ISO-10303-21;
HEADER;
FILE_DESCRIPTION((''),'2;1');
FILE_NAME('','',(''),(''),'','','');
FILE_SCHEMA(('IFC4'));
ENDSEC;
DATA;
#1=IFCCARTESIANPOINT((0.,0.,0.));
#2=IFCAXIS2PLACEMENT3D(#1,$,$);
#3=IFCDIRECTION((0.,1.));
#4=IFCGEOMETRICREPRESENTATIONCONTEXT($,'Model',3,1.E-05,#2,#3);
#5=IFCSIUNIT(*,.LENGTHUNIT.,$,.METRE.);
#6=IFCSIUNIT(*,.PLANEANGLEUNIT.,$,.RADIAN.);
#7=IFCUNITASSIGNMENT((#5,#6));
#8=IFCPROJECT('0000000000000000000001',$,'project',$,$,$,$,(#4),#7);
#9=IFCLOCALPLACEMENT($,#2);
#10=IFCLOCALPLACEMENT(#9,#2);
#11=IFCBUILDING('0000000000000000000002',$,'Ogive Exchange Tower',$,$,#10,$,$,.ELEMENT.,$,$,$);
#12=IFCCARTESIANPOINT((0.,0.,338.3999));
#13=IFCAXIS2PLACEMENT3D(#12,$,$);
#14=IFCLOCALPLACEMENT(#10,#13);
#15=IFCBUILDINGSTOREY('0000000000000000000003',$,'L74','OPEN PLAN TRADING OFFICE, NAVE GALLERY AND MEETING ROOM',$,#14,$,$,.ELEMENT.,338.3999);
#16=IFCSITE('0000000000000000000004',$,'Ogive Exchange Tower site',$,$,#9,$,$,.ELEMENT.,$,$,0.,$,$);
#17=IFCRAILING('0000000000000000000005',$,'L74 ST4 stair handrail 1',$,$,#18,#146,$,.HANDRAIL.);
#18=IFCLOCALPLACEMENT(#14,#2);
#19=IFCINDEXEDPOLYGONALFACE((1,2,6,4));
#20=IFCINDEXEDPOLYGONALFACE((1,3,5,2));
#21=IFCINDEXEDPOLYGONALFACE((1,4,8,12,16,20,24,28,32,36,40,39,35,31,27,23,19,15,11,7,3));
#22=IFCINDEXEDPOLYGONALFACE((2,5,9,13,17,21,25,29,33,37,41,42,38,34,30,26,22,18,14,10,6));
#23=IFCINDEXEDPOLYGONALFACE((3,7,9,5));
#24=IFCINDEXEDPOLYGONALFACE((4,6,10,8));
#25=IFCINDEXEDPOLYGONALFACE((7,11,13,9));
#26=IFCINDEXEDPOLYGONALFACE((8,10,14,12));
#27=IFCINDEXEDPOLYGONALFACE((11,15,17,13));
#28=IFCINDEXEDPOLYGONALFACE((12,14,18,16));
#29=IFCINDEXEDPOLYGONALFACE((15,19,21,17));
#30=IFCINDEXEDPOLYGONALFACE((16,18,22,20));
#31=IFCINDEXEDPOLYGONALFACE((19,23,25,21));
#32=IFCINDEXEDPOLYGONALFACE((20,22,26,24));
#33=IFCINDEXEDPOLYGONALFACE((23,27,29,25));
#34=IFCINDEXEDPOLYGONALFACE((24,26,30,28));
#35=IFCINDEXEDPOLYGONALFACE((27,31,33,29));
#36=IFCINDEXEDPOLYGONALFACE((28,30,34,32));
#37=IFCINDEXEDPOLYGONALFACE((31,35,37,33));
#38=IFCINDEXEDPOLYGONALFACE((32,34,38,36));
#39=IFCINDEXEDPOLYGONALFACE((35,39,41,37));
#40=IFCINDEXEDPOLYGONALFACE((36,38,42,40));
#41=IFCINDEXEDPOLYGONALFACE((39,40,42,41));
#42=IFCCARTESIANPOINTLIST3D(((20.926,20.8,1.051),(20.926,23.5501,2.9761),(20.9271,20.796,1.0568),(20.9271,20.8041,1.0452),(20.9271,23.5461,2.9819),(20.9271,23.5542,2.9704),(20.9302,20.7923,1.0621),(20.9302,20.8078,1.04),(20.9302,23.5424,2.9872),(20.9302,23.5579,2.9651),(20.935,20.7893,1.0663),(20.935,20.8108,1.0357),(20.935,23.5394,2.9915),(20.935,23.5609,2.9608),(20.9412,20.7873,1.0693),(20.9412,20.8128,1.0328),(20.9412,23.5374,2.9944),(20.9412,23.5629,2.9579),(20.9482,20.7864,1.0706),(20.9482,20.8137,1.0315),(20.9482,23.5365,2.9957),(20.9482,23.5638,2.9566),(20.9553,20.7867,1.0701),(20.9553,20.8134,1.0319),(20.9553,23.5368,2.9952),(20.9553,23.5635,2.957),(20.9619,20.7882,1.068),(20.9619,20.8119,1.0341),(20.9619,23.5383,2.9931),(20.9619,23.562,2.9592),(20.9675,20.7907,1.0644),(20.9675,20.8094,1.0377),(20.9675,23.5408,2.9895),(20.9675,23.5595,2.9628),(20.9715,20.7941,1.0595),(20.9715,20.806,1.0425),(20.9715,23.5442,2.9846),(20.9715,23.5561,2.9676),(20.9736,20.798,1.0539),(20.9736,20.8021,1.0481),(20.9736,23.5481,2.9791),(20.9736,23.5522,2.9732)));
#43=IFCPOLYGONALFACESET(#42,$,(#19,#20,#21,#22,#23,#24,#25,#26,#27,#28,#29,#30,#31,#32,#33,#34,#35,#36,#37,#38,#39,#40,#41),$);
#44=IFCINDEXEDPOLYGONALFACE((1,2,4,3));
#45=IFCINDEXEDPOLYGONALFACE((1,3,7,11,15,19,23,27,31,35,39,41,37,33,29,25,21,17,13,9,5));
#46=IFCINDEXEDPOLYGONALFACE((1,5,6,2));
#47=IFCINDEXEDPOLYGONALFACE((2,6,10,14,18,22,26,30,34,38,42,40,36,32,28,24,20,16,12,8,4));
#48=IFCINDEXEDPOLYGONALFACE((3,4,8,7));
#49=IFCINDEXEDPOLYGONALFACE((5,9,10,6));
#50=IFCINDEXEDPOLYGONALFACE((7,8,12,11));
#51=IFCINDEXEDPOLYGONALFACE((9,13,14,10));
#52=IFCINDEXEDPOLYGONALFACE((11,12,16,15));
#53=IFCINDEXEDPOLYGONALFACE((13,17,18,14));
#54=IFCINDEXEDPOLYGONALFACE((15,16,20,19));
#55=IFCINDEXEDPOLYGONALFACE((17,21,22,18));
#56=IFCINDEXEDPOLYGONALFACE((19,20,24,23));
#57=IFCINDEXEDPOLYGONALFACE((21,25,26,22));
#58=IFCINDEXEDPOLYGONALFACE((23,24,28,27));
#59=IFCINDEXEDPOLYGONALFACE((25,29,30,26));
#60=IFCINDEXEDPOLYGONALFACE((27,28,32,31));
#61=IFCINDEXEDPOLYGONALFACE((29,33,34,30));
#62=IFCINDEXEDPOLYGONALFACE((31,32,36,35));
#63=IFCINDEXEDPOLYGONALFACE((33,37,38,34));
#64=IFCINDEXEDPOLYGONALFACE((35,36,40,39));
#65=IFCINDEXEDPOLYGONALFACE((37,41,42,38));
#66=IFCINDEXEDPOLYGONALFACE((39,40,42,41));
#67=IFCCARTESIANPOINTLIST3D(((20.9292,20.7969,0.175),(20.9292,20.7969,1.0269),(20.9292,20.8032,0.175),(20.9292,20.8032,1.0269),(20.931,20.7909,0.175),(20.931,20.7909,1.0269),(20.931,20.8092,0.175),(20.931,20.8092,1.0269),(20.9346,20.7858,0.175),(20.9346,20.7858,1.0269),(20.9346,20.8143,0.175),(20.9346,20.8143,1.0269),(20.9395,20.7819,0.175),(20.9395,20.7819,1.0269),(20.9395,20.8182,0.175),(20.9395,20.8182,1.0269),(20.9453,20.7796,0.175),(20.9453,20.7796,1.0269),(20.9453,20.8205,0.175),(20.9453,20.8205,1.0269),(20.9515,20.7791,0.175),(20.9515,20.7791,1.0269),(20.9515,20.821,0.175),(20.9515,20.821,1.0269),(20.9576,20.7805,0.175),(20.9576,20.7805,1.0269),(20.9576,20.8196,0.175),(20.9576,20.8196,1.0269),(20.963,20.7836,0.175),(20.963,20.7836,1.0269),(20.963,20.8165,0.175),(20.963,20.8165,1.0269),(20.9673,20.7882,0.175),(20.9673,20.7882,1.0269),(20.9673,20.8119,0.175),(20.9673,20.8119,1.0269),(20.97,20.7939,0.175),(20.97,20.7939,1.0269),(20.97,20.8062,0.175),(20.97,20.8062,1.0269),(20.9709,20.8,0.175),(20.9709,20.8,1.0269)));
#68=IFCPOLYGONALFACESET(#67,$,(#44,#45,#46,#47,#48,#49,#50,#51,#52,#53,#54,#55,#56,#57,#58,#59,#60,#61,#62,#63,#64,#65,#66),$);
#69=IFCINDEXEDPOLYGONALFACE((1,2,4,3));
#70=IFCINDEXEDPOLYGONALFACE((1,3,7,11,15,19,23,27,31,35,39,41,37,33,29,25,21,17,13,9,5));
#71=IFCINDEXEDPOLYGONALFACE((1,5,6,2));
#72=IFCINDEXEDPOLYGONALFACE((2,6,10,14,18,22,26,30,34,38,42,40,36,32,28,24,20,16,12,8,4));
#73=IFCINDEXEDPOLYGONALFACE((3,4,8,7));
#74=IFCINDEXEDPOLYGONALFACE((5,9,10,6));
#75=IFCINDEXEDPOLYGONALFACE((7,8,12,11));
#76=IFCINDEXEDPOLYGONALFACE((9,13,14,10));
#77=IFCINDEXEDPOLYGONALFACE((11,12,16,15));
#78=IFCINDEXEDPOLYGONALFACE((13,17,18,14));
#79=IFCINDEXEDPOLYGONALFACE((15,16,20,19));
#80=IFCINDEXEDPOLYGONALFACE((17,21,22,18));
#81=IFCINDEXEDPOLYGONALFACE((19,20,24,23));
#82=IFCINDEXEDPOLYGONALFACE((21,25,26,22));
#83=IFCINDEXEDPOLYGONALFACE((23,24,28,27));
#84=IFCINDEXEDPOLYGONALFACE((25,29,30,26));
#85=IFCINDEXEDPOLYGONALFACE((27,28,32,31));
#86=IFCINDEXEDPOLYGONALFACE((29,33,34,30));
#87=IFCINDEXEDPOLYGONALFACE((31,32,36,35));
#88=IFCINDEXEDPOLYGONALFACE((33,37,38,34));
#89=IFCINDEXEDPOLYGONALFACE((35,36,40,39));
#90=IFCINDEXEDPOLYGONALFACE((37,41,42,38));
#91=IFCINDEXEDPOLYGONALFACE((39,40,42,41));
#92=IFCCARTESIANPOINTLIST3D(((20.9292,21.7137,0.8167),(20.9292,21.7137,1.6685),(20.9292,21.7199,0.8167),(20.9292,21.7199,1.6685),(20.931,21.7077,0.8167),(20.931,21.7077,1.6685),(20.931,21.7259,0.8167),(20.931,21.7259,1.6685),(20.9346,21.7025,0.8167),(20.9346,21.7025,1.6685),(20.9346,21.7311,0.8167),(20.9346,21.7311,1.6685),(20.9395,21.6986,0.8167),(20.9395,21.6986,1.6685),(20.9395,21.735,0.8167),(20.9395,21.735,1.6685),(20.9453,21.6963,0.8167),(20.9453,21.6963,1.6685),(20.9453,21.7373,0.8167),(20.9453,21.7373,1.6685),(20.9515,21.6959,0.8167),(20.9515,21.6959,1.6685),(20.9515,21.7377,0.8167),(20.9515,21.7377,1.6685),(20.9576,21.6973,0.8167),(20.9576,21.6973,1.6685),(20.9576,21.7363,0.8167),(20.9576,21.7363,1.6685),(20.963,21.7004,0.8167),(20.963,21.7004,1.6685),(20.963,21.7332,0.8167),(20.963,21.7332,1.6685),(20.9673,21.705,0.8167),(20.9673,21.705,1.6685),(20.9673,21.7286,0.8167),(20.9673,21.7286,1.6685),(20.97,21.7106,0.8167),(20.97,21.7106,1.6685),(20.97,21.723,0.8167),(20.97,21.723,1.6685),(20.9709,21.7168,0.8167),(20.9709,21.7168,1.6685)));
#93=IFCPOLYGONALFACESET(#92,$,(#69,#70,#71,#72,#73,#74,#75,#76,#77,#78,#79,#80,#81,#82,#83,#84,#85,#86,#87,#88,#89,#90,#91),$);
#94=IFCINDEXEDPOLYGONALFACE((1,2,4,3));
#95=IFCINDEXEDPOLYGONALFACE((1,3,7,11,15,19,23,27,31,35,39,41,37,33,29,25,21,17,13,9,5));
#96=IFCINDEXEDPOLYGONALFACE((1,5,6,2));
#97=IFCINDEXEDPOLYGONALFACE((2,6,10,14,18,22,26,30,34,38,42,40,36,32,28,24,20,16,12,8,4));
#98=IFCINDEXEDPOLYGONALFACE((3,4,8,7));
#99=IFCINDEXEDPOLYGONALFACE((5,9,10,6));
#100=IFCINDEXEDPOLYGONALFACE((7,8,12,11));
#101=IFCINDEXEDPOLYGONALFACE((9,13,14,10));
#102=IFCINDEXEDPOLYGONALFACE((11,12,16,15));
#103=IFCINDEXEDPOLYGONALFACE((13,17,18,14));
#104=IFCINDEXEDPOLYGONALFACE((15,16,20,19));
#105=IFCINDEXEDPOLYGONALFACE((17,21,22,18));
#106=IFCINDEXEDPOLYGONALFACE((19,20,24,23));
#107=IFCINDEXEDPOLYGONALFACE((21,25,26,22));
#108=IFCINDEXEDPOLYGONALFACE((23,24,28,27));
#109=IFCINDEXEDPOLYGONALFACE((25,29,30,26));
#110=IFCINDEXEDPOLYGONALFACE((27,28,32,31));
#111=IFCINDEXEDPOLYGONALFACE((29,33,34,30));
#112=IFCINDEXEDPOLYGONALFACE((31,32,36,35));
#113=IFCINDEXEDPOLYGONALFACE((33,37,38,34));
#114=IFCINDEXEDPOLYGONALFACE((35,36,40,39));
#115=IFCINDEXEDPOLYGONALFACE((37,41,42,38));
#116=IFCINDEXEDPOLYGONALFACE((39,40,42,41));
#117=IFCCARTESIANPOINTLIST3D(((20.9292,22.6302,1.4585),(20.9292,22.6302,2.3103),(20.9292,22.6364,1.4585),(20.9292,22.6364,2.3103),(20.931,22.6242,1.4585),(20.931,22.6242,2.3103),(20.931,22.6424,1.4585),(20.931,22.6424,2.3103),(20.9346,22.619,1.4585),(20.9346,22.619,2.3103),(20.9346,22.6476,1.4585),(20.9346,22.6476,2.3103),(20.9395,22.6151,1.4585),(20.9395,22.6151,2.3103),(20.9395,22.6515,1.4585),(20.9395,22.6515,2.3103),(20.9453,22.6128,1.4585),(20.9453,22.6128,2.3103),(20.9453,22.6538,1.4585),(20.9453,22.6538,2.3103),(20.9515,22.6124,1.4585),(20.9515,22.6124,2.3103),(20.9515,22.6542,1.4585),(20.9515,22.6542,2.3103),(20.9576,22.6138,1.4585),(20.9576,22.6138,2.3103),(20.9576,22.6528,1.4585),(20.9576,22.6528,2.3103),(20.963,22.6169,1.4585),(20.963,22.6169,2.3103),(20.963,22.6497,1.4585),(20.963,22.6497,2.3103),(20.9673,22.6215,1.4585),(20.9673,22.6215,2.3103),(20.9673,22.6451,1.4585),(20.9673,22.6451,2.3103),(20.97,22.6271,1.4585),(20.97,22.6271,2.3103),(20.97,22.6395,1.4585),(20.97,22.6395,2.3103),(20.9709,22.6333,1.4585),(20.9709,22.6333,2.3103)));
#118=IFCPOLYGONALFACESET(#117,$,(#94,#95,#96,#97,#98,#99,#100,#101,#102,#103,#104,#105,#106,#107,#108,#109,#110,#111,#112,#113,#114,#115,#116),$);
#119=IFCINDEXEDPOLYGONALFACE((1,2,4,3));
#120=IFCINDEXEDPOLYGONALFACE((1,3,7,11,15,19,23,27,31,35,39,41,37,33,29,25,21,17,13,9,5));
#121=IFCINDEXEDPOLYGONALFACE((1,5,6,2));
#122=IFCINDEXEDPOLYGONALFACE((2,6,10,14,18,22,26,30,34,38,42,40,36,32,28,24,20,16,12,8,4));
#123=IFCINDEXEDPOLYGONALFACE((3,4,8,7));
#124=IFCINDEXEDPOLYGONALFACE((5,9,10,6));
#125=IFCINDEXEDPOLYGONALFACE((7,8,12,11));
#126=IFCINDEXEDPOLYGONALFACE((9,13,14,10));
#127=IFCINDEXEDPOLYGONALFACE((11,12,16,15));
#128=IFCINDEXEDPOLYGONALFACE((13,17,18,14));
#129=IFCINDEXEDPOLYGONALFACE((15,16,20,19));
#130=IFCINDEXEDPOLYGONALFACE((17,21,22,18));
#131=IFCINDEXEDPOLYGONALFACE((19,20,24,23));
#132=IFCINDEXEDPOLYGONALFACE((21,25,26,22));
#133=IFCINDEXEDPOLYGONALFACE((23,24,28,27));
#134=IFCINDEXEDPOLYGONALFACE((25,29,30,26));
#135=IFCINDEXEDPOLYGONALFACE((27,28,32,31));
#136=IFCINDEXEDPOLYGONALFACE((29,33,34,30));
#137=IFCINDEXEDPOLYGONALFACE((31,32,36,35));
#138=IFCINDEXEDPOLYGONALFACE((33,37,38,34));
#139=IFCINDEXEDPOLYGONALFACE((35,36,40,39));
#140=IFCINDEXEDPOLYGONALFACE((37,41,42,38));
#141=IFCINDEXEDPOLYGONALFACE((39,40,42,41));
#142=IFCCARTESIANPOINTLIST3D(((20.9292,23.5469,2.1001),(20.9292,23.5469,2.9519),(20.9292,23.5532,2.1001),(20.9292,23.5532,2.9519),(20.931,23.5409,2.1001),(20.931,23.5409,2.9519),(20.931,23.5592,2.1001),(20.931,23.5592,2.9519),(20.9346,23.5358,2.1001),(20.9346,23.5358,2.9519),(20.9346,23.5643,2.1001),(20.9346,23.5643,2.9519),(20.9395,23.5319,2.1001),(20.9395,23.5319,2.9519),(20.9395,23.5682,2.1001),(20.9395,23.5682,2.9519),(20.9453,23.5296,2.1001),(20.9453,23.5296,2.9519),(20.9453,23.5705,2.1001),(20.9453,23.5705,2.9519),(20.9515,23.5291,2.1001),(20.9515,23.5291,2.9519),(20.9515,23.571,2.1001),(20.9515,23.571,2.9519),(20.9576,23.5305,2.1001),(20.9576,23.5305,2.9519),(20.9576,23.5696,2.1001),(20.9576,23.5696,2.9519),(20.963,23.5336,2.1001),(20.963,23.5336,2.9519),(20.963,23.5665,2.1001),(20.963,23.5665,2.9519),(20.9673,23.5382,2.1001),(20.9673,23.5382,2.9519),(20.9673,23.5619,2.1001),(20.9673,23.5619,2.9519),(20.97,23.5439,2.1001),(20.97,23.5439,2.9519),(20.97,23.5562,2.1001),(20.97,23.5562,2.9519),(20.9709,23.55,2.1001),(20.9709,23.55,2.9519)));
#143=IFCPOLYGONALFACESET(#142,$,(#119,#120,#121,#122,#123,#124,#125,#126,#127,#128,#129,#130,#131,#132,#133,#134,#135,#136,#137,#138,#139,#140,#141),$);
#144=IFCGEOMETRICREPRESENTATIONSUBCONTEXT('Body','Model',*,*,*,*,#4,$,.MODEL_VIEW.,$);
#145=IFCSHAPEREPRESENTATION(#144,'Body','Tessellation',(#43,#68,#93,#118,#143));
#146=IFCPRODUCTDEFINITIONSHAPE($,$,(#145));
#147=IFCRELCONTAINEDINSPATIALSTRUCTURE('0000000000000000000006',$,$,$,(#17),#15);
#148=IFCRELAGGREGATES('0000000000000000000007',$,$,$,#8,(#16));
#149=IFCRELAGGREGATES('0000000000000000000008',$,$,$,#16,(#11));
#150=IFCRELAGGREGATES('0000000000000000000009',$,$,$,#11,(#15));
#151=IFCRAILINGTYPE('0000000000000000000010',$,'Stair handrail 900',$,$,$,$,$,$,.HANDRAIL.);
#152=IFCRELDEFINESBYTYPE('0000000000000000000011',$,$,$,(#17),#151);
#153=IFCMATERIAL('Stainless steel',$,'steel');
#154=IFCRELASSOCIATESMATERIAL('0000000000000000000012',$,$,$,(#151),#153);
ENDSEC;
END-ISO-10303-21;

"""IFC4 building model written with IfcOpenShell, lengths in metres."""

from ifc_helpers import new_model, si_unit, direction, frame, origin, origin_2d, place, context, subcontext, project, spatial, circle, extrude, material, type_object, element, save


model = new_model("IFC4")

# Units and contexts
model_context = context("Model", 3, precision=1e-05, world=origin(), true_north=direction((0.0, 1.0)))
body_context = subcontext(model_context, "Body", "Model", "MODEL_VIEW")
ifc_project = project(units=[si_unit("LENGTHUNIT", "METRE"), si_unit("PLANEANGLEUNIT", "RADIAN")], contexts=[model_context])

# Site, building, storey
site_placement = place(None, origin())
site = spatial("IfcSite", under=ifc_project, at=site_placement, Name="Ogive Exchange Tower site", CompositionType="ELEMENT", RefElevation=0.0)
building_placement = place(site_placement, origin())
building = spatial("IfcBuilding", under=site, at=building_placement, Name="Ogive Exchange Tower", CompositionType="ELEMENT")
storey_placement = place(building_placement, frame((0.0, 0.0, 338.3999)))
storey = spatial("IfcBuildingStorey", under=building, at=storey_placement, Name="L74", Description="OPEN PLAN TRADING OFFICE, NAVE GALLERY AND MEETING ROOM", CompositionType="ELEMENT", Elevation=338.3999)

# Railing
ifc_material_1 = material(Name="Stainless steel", Category="steel")
railing_type = type_object("IfcRailingType", Name="Stair handrail 900", PredefinedType="HANDRAIL", material=ifc_material_1)
railing_1_placement = place(storey_placement, frame((20.95, 20.8, 0.175)))
element("IfcRailing", 1, at=railing_1_placement, inside=storey, type_object=railing_type, Name="L74 ST4 stair handrail 1", PredefinedType="HANDRAIL", context=body_context, shape_type="SweptSolid", body=[
    extrude(circle(Radius=0.0239, at=origin_2d()), frame((0.0, 0.0, 0.876), z_axis=(0.0, 0.819225, 0.573472), x_axis=(-1.0, 0.0, 0.0)), (0.0, 0.0, 1.0), 3.3569),
    extrude(circle(Radius=0.021, at=origin_2d()), origin(), (0.0, 0.0, 1.0), 0.8518),
    extrude(circle(Radius=0.021, at=origin_2d()), frame((0.0, 0.9167, 0.6416)), (0.0, 0.0, 1.0), 0.8518),
    extrude(circle(Radius=0.021, at=origin_2d()), frame((0.0, 1.8333, 1.2834)), (0.0, 0.0, 1.0), 0.8518),
    extrude(circle(Radius=0.021, at=origin_2d()), frame((0.0, 2.75, 1.925)), (0.0, 0.0, 1.0), 0.8518),
])

save(model, "model.ifc")
